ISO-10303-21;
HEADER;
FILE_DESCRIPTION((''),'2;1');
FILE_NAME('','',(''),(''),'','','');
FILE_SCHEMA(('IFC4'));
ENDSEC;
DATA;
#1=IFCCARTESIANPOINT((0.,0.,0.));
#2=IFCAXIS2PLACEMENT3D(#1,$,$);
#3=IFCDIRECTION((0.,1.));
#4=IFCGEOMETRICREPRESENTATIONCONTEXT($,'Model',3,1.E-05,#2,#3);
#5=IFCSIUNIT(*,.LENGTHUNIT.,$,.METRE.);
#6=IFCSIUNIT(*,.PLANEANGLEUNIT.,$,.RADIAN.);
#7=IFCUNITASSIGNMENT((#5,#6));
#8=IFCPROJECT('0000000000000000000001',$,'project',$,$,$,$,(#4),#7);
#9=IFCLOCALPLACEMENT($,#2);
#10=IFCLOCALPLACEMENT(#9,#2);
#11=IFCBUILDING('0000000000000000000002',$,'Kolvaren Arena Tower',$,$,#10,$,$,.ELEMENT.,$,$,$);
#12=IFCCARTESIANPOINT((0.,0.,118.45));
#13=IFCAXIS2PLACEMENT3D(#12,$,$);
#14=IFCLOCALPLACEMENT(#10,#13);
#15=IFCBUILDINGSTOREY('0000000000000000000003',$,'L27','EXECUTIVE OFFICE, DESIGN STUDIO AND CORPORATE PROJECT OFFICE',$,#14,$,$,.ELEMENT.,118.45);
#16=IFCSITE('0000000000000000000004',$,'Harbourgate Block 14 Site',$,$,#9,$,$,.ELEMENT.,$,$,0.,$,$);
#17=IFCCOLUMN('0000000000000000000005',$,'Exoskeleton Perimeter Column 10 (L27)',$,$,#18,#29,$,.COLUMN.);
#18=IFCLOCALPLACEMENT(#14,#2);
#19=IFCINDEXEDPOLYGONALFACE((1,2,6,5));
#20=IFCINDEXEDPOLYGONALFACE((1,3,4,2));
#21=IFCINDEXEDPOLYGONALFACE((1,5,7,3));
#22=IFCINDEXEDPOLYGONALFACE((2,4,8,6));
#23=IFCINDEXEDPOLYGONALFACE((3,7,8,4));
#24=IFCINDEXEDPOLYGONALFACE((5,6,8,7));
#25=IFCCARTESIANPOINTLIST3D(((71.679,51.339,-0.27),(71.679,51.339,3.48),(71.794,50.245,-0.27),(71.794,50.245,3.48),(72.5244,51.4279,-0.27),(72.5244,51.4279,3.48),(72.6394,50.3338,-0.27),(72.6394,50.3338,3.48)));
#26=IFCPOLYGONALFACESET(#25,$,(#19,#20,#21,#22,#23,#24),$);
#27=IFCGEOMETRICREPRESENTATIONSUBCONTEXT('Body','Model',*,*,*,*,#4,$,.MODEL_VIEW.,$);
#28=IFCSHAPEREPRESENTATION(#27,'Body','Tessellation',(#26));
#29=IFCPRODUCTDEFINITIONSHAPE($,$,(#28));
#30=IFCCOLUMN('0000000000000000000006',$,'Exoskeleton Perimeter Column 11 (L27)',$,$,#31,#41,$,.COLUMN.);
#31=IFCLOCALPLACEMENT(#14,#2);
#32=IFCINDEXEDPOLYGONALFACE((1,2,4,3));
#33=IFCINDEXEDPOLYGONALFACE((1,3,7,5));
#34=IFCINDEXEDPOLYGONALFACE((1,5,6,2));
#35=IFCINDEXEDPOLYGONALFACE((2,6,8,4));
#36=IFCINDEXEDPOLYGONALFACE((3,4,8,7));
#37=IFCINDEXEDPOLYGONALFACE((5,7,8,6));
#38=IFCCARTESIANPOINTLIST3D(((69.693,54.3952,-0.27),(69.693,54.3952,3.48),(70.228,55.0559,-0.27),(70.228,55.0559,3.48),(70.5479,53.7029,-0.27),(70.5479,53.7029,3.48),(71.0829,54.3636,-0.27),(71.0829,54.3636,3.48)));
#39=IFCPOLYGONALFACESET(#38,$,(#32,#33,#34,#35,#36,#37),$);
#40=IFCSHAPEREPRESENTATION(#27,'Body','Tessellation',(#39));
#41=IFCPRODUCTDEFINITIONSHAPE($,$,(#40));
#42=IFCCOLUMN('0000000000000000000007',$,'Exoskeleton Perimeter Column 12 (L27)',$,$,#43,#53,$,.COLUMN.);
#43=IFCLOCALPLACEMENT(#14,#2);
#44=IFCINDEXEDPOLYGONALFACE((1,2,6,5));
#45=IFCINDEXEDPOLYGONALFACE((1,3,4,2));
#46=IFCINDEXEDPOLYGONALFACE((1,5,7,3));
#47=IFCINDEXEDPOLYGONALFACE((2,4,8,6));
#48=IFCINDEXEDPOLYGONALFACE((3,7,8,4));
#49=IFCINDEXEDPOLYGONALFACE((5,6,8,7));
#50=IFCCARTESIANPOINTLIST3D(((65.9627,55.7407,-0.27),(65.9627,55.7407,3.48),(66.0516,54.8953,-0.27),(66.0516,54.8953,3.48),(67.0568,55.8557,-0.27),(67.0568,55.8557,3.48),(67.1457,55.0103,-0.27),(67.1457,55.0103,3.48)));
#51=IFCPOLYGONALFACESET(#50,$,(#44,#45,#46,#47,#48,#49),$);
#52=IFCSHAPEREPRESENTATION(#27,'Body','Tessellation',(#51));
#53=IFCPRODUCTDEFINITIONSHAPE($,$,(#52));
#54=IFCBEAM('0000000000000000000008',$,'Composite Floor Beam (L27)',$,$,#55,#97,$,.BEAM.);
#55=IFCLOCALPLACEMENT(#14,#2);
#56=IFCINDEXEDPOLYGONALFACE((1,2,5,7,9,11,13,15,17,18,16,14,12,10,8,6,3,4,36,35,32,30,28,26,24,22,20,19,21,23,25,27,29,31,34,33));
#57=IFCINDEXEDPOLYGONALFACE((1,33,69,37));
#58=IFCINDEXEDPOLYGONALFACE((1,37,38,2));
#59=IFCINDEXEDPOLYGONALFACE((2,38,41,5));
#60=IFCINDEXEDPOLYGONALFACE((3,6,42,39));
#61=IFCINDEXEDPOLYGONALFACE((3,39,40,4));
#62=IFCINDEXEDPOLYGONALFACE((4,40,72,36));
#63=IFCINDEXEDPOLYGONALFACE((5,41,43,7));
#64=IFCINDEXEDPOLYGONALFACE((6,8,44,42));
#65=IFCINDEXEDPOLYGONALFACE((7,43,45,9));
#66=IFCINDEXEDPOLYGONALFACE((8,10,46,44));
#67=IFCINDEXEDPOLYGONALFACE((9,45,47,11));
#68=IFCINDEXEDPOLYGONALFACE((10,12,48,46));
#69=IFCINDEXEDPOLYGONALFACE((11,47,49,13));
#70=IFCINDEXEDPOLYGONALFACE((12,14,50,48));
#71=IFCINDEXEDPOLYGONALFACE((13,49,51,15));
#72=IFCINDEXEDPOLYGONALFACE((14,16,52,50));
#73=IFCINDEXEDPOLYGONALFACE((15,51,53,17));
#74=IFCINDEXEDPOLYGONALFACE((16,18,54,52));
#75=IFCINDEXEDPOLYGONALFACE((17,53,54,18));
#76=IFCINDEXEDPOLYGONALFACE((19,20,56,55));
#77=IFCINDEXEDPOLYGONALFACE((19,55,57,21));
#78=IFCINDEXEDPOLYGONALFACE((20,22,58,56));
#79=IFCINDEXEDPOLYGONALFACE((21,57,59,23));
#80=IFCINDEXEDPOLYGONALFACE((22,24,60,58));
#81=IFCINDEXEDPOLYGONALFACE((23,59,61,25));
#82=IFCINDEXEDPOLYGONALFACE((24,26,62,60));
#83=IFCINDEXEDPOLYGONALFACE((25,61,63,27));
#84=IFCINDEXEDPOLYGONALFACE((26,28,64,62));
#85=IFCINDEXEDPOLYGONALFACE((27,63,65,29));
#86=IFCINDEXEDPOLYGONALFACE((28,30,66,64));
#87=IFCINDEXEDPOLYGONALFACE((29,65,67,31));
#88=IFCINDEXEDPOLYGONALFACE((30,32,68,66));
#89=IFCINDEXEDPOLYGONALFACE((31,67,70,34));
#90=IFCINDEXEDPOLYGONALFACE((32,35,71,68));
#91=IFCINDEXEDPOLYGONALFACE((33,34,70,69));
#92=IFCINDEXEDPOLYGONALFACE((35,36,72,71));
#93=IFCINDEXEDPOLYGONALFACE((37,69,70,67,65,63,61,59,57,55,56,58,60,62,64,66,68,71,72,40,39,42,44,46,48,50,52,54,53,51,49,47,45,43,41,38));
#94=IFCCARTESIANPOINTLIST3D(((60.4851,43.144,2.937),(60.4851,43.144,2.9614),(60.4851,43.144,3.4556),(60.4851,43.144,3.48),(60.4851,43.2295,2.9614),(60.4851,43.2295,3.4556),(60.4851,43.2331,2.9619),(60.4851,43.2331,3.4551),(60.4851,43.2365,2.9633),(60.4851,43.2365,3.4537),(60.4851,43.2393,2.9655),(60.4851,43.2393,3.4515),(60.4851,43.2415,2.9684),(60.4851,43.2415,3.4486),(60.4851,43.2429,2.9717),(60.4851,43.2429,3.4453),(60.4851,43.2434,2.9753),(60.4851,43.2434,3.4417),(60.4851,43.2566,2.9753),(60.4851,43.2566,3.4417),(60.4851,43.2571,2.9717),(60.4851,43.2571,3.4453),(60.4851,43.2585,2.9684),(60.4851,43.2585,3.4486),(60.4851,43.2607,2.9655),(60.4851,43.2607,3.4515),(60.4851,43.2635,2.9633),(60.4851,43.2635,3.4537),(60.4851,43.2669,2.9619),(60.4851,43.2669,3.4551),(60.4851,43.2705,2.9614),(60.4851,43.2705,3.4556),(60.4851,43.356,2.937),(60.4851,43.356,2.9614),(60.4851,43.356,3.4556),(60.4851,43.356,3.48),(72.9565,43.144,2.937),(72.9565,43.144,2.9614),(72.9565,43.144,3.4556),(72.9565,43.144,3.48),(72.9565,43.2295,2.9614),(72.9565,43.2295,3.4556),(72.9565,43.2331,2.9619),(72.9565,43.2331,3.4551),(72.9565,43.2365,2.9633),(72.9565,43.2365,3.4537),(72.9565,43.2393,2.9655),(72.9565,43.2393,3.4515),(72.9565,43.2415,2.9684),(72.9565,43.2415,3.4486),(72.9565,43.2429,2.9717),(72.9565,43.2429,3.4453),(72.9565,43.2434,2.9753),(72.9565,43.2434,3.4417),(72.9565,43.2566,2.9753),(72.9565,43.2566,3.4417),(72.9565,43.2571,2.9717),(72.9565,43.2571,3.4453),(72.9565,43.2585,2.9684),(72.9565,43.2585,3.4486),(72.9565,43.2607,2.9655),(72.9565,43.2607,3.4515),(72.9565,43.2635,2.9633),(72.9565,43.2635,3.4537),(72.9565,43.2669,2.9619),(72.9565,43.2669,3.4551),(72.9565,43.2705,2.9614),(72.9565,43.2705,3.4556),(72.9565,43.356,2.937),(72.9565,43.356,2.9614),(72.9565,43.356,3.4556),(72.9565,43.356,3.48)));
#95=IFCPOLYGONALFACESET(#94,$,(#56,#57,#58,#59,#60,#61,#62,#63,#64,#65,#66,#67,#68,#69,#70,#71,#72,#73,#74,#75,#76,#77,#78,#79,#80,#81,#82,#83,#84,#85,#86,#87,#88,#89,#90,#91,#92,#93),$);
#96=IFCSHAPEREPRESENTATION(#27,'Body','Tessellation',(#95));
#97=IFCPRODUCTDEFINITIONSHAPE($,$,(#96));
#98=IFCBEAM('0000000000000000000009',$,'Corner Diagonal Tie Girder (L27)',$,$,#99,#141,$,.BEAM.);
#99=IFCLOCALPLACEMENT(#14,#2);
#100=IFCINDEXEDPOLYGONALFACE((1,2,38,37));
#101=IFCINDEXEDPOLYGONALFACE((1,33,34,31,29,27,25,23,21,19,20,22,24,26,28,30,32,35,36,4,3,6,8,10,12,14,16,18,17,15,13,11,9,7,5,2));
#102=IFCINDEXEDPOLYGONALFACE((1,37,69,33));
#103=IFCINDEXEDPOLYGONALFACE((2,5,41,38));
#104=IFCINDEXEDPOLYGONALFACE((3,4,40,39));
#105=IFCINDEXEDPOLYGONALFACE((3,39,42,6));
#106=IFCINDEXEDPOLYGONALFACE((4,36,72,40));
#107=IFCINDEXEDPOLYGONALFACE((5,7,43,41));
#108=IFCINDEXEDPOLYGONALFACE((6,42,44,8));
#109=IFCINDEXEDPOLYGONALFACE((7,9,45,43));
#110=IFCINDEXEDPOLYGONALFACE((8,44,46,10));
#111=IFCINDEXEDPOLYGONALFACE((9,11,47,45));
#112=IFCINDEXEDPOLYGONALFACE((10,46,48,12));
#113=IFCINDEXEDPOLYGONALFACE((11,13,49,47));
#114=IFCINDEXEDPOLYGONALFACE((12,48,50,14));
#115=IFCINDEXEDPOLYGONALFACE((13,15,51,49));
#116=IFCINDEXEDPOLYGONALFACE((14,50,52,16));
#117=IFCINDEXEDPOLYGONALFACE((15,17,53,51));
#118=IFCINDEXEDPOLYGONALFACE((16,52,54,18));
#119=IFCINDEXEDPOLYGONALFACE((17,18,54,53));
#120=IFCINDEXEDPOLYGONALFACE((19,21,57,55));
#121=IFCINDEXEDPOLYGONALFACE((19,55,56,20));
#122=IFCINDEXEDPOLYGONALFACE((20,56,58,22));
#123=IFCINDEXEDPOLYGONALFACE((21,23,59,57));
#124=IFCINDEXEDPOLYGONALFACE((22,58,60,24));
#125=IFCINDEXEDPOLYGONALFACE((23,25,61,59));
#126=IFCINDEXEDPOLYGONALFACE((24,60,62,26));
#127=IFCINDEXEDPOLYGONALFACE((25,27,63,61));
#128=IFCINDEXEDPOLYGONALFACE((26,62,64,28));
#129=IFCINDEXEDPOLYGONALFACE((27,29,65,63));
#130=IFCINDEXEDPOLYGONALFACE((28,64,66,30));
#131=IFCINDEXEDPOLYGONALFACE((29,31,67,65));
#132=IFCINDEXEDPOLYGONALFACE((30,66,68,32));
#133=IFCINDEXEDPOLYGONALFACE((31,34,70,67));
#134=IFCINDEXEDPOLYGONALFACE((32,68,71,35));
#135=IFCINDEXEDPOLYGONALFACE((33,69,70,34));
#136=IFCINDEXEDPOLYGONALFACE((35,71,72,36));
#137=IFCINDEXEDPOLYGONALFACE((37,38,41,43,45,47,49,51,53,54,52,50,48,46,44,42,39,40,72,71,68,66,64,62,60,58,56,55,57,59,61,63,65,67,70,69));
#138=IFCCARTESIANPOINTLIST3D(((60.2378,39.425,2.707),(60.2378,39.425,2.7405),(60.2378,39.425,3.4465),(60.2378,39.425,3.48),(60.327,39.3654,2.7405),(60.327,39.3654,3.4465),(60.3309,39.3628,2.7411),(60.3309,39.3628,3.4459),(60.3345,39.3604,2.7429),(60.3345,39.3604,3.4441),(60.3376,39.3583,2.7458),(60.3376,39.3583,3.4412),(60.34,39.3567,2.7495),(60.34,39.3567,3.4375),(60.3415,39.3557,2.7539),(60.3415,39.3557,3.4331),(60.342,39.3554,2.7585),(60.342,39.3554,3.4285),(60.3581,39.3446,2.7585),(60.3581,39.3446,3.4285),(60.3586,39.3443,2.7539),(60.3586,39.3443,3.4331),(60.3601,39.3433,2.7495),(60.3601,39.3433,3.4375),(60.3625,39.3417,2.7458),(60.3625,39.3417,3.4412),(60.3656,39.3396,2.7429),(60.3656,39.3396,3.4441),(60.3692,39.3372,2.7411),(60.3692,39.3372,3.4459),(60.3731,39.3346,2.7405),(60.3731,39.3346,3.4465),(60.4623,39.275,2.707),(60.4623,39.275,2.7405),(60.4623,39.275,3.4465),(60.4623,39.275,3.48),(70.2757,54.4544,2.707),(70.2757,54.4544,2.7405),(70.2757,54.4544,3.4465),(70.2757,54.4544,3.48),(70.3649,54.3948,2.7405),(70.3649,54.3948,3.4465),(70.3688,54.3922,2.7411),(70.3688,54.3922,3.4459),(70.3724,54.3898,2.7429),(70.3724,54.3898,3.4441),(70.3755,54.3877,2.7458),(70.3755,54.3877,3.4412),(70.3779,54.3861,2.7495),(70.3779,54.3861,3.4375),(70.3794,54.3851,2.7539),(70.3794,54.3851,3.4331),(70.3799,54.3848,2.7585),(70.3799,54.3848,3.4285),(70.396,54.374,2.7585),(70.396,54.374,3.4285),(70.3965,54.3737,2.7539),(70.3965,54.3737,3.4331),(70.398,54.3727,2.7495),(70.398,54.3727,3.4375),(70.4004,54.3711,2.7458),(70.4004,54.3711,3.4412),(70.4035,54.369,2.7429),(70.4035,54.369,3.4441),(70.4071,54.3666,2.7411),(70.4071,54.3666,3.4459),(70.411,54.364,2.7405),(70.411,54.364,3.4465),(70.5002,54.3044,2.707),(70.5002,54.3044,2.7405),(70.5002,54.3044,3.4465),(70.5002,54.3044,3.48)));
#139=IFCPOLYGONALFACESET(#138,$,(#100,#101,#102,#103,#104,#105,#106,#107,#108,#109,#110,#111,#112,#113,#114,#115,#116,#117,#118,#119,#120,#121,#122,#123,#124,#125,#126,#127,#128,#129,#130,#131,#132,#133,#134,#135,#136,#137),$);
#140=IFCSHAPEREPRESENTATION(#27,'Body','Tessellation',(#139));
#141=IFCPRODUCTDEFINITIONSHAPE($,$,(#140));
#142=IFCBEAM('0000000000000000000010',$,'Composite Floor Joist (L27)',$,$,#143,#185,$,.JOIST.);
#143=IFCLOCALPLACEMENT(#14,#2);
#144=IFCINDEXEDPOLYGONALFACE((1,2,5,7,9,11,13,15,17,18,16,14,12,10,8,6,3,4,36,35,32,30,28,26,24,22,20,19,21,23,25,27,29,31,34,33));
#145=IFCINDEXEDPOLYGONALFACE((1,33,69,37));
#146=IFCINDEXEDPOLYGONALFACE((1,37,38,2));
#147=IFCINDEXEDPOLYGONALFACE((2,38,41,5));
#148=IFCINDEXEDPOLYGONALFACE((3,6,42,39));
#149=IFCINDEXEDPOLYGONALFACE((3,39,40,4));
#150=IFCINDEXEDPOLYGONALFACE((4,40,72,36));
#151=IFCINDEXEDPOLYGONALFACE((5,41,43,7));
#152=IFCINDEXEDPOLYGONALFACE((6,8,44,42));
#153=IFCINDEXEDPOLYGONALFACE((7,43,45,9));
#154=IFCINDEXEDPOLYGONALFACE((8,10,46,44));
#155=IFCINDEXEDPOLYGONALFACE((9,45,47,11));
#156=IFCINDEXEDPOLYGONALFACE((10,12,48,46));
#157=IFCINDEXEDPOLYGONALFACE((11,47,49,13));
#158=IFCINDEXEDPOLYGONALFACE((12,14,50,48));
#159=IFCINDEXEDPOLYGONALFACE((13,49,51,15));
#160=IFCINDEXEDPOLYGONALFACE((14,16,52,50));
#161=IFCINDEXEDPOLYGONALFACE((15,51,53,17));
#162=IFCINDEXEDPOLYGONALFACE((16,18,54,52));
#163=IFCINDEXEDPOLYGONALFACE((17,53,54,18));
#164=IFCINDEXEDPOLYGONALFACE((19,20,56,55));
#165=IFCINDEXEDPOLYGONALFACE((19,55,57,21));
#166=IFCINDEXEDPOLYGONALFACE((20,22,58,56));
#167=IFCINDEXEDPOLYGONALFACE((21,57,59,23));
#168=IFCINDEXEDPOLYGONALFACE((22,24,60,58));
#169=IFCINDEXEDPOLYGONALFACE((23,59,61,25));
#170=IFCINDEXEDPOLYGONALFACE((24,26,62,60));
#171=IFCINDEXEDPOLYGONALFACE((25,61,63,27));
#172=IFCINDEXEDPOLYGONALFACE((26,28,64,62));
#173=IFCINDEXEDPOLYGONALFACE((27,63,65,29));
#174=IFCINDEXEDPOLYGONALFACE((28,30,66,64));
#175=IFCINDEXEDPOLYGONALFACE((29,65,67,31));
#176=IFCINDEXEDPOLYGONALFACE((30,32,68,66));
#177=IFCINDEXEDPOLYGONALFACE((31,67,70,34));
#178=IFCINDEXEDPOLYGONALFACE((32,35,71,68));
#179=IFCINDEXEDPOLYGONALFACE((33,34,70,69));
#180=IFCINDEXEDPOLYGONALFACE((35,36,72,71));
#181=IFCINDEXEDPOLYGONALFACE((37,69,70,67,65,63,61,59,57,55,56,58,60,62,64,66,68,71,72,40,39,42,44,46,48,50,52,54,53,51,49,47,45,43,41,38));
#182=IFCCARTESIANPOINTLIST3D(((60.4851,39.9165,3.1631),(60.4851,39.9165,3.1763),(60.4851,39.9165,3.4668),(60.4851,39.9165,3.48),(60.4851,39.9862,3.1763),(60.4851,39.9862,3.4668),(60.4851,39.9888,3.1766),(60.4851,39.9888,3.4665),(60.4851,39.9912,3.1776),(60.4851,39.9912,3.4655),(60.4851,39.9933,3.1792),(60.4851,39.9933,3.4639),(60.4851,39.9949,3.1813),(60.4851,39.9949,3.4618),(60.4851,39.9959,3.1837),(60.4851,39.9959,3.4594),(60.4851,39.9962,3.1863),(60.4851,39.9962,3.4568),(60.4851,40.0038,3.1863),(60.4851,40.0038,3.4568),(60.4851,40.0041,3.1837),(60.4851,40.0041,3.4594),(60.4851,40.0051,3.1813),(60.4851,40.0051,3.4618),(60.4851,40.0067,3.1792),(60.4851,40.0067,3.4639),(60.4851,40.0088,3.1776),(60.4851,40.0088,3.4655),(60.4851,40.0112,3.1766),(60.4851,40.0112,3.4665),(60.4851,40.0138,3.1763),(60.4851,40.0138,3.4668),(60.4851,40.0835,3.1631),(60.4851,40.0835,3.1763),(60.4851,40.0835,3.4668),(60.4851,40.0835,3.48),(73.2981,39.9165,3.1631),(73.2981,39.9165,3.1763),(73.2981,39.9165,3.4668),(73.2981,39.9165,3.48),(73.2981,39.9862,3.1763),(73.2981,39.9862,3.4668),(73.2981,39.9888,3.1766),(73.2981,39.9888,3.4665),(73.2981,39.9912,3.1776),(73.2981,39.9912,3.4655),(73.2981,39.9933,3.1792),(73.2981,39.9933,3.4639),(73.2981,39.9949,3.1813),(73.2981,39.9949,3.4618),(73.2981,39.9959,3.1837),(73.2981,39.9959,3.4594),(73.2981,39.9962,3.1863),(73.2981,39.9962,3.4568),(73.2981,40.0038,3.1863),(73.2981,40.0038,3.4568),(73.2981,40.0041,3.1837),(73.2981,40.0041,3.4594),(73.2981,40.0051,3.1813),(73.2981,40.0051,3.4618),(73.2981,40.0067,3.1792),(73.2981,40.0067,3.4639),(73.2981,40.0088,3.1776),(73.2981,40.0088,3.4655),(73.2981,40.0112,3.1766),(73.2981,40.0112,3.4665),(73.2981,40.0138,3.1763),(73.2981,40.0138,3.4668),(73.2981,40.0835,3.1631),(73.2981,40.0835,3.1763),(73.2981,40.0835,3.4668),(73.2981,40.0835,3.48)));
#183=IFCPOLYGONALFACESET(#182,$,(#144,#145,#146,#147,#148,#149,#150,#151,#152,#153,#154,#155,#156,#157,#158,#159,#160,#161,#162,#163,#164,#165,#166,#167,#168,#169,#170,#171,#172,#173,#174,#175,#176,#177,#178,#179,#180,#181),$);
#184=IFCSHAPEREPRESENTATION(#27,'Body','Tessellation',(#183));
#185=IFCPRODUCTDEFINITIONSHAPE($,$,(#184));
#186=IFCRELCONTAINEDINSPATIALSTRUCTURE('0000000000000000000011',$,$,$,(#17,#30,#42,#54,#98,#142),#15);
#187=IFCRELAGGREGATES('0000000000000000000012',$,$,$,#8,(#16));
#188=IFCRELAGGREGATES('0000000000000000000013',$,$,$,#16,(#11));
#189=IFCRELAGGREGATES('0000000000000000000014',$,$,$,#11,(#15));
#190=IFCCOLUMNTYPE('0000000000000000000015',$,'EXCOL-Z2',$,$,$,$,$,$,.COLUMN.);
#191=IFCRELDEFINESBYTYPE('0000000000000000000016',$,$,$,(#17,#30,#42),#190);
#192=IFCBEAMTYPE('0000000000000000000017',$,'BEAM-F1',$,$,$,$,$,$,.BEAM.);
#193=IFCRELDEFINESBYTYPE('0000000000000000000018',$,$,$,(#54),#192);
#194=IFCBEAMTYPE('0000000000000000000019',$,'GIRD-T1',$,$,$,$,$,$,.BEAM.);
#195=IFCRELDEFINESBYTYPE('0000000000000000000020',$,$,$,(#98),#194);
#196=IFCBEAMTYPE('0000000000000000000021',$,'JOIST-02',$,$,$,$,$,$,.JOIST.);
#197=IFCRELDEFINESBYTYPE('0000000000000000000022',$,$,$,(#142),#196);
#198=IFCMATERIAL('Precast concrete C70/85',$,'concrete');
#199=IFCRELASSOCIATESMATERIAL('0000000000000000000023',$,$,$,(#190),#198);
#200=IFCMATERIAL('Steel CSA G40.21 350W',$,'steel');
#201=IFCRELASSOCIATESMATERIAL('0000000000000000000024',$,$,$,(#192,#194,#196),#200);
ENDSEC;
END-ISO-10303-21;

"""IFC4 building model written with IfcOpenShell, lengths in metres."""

from ifc_helpers import new_model, si_unit, direction, frame, origin, origin_2d, place, context, subcontext, project, spatial, rectangle, i_section, extrude, material, material_profile, profile_set, type_object, element, save


model = new_model("IFC4")

# Units and contexts
model_context = context("Model", 3, precision=1e-05, world=origin(), true_north=direction((0.0, 1.0)))
body_context = subcontext(model_context, "Body", "Model", "MODEL_VIEW")
ifc_project = project(units=[si_unit("LENGTHUNIT", "METRE"), si_unit("PLANEANGLEUNIT", "RADIAN")], contexts=[model_context])

# Site, building, storey
site_placement = place(None, origin())
site = spatial("IfcSite", under=ifc_project, at=site_placement, Name="Harbourgate Block 14 Site", CompositionType="ELEMENT", RefElevation=0.0)
building_placement = place(site_placement, origin())
building = spatial("IfcBuilding", under=site, at=building_placement, Name="Kolvaren Arena Tower", CompositionType="ELEMENT")
storey_placement = place(building_placement, frame((0.0, 0.0, 118.45)))
storey = spatial("IfcBuildingStorey", under=building, at=storey_placement, Name="L27", Description="EXECUTIVE OFFICE, DESIGN STUDIO AND CORPORATE PROJECT OFFICE", CompositionType="ELEMENT", Elevation=118.45)

# Columns
ifc_material_1 = material(Name="Precast concrete C70/85", Category="concrete")
ifc_material_profile_1 = material_profile(ifc_material_1, rectangle(XDim=1.1001, YDim=0.8501, at=origin_2d()), Name="RC-1100x850")
ifc_profile_set_1 = profile_set([ifc_material_profile_1], Name="Precast concrete C70/85")
column_type = type_object("IfcColumnType", Name="EXCOL-Z2", PredefinedType="COLUMN", material=ifc_profile_set_1)
for number, where, z_axis, x_axis, name in (
    (1, (72.1592, 50.8364, -0.27), (0.0, 0.0, 1.0), (-0.104528, 0.994522, 0.0), "Exoskeleton Perimeter Column 10 (L27)"),
    (2, (70.3879, 54.3794, -0.27), (0.0, 0.0, 1.0), (-0.777146, 0.62932, 0.0), "Exoskeleton Perimeter Column 11 (L27)"),
    (3, (66.5542, 55.3755, -0.27), (0.0, 0.0, 1.0), (0.994522, 0.104528, 0.0), "Exoskeleton Perimeter Column 12 (L27)"),
):
    element("IfcColumn", number, at=place(storey_placement, frame(where, z_axis=z_axis, x_axis=x_axis)), inside=storey, type_object=column_type, Name=name, PredefinedType="COLUMN", context=body_context, shape_type="SweptSolid", body=[
        extrude(rectangle(XDim=1.1001, YDim=0.8501, at=origin_2d()), origin(), (0.0, 0.0, 1.0), 3.75),
    ])

# Beams
ifc_material_2 = material(Name="Steel CSA G40.21 350W", Category="steel")
ifc_material_profile_2 = material_profile(ifc_material_2, i_section(OverallWidth=0.2119, OverallDepth=0.543, WebThickness=0.0132, FlangeThickness=0.0244, FilletRadius=0.0139, at=origin_2d()), Name="W530x150")
ifc_profile_set_2 = profile_set([ifc_material_profile_2], Name="Steel CSA G40.21 350W")
beam_type_1 = type_object("IfcBeamType", Name="BEAM-F1", PredefinedType="BEAM", material=ifc_profile_set_2)
beam_1_placement = place(storey_placement, frame((60.4851, 43.25, 3.2085), z_axis=(1.0, 0.0, 0.0), x_axis=(0.0, 1.0, 0.0)))
element("IfcBeam", 4, at=beam_1_placement, inside=storey, type_object=beam_type_1, Name="Composite Floor Beam (L27)", PredefinedType="BEAM", context=body_context, shape_type="SweptSolid", body=[
    extrude(i_section(OverallWidth=0.2119, OverallDepth=0.543, WebThickness=0.0132, FlangeThickness=0.0244, FilletRadius=0.0139, at=origin_2d()), origin(), (0.0, 0.0, 1.0), 12.4714),
])
ifc_material_profile_3 = material_profile(ifc_material_2, i_section(OverallWidth=0.27, OverallDepth=0.7729, WebThickness=0.0193, FlangeThickness=0.0334, FilletRadius=0.0181, at=origin_2d()), Name="W760x257")
ifc_profile_set_3 = profile_set([ifc_material_profile_3], Name="Steel CSA G40.21 350W")
beam_type_2 = type_object("IfcBeamType", Name="GIRD-T1", PredefinedType="BEAM", material=ifc_profile_set_3)
beam_2_placement = place(storey_placement, frame((70.3879, 54.3794, 3.0935), z_axis=(-0.555401, -0.831582, 0.0), x_axis=(0.831582, -0.555401, 0.0)))
element("IfcBeam", 5, at=beam_2_placement, inside=storey, type_object=beam_type_2, Name="Corner Diagonal Tie Girder (L27)", PredefinedType="BEAM", context=body_context, shape_type="SweptSolid", body=[
    extrude(i_section(OverallWidth=0.27, OverallDepth=0.7729, WebThickness=0.0193, FlangeThickness=0.0334, FilletRadius=0.0181, at=origin_2d()), origin(), (0.0, 0.0, 1.0), 18.0732),
])
ifc_material_profile_4 = material_profile(ifc_material_2, i_section(OverallWidth=0.167, OverallDepth=0.3169, WebThickness=0.0076, FlangeThickness=0.0132, FilletRadius=0.01, at=origin_2d()), Name="W310x52")
ifc_profile_set_4 = profile_set([ifc_material_profile_4], Name="Steel CSA G40.21 350W")
beam_type_3 = type_object("IfcBeamType", Name="JOIST-02", PredefinedType="JOIST", material=ifc_profile_set_4)
beam_3_placement = place(storey_placement, frame((60.4851, 40.0, 3.3215), z_axis=(1.0, 0.0, 0.0), x_axis=(0.0, 1.0, 0.0)))
element("IfcBeam", 6, at=beam_3_placement, inside=storey, type_object=beam_type_3, Name="Composite Floor Joist (L27)", PredefinedType="JOIST", context=body_context, shape_type="SweptSolid", body=[
    extrude(i_section(OverallWidth=0.167, OverallDepth=0.3169, WebThickness=0.0076, FlangeThickness=0.0132, FilletRadius=0.01, at=origin_2d()), origin(), (0.0, 0.0, 1.0), 12.813),
])

save(model, "model.ifc")
